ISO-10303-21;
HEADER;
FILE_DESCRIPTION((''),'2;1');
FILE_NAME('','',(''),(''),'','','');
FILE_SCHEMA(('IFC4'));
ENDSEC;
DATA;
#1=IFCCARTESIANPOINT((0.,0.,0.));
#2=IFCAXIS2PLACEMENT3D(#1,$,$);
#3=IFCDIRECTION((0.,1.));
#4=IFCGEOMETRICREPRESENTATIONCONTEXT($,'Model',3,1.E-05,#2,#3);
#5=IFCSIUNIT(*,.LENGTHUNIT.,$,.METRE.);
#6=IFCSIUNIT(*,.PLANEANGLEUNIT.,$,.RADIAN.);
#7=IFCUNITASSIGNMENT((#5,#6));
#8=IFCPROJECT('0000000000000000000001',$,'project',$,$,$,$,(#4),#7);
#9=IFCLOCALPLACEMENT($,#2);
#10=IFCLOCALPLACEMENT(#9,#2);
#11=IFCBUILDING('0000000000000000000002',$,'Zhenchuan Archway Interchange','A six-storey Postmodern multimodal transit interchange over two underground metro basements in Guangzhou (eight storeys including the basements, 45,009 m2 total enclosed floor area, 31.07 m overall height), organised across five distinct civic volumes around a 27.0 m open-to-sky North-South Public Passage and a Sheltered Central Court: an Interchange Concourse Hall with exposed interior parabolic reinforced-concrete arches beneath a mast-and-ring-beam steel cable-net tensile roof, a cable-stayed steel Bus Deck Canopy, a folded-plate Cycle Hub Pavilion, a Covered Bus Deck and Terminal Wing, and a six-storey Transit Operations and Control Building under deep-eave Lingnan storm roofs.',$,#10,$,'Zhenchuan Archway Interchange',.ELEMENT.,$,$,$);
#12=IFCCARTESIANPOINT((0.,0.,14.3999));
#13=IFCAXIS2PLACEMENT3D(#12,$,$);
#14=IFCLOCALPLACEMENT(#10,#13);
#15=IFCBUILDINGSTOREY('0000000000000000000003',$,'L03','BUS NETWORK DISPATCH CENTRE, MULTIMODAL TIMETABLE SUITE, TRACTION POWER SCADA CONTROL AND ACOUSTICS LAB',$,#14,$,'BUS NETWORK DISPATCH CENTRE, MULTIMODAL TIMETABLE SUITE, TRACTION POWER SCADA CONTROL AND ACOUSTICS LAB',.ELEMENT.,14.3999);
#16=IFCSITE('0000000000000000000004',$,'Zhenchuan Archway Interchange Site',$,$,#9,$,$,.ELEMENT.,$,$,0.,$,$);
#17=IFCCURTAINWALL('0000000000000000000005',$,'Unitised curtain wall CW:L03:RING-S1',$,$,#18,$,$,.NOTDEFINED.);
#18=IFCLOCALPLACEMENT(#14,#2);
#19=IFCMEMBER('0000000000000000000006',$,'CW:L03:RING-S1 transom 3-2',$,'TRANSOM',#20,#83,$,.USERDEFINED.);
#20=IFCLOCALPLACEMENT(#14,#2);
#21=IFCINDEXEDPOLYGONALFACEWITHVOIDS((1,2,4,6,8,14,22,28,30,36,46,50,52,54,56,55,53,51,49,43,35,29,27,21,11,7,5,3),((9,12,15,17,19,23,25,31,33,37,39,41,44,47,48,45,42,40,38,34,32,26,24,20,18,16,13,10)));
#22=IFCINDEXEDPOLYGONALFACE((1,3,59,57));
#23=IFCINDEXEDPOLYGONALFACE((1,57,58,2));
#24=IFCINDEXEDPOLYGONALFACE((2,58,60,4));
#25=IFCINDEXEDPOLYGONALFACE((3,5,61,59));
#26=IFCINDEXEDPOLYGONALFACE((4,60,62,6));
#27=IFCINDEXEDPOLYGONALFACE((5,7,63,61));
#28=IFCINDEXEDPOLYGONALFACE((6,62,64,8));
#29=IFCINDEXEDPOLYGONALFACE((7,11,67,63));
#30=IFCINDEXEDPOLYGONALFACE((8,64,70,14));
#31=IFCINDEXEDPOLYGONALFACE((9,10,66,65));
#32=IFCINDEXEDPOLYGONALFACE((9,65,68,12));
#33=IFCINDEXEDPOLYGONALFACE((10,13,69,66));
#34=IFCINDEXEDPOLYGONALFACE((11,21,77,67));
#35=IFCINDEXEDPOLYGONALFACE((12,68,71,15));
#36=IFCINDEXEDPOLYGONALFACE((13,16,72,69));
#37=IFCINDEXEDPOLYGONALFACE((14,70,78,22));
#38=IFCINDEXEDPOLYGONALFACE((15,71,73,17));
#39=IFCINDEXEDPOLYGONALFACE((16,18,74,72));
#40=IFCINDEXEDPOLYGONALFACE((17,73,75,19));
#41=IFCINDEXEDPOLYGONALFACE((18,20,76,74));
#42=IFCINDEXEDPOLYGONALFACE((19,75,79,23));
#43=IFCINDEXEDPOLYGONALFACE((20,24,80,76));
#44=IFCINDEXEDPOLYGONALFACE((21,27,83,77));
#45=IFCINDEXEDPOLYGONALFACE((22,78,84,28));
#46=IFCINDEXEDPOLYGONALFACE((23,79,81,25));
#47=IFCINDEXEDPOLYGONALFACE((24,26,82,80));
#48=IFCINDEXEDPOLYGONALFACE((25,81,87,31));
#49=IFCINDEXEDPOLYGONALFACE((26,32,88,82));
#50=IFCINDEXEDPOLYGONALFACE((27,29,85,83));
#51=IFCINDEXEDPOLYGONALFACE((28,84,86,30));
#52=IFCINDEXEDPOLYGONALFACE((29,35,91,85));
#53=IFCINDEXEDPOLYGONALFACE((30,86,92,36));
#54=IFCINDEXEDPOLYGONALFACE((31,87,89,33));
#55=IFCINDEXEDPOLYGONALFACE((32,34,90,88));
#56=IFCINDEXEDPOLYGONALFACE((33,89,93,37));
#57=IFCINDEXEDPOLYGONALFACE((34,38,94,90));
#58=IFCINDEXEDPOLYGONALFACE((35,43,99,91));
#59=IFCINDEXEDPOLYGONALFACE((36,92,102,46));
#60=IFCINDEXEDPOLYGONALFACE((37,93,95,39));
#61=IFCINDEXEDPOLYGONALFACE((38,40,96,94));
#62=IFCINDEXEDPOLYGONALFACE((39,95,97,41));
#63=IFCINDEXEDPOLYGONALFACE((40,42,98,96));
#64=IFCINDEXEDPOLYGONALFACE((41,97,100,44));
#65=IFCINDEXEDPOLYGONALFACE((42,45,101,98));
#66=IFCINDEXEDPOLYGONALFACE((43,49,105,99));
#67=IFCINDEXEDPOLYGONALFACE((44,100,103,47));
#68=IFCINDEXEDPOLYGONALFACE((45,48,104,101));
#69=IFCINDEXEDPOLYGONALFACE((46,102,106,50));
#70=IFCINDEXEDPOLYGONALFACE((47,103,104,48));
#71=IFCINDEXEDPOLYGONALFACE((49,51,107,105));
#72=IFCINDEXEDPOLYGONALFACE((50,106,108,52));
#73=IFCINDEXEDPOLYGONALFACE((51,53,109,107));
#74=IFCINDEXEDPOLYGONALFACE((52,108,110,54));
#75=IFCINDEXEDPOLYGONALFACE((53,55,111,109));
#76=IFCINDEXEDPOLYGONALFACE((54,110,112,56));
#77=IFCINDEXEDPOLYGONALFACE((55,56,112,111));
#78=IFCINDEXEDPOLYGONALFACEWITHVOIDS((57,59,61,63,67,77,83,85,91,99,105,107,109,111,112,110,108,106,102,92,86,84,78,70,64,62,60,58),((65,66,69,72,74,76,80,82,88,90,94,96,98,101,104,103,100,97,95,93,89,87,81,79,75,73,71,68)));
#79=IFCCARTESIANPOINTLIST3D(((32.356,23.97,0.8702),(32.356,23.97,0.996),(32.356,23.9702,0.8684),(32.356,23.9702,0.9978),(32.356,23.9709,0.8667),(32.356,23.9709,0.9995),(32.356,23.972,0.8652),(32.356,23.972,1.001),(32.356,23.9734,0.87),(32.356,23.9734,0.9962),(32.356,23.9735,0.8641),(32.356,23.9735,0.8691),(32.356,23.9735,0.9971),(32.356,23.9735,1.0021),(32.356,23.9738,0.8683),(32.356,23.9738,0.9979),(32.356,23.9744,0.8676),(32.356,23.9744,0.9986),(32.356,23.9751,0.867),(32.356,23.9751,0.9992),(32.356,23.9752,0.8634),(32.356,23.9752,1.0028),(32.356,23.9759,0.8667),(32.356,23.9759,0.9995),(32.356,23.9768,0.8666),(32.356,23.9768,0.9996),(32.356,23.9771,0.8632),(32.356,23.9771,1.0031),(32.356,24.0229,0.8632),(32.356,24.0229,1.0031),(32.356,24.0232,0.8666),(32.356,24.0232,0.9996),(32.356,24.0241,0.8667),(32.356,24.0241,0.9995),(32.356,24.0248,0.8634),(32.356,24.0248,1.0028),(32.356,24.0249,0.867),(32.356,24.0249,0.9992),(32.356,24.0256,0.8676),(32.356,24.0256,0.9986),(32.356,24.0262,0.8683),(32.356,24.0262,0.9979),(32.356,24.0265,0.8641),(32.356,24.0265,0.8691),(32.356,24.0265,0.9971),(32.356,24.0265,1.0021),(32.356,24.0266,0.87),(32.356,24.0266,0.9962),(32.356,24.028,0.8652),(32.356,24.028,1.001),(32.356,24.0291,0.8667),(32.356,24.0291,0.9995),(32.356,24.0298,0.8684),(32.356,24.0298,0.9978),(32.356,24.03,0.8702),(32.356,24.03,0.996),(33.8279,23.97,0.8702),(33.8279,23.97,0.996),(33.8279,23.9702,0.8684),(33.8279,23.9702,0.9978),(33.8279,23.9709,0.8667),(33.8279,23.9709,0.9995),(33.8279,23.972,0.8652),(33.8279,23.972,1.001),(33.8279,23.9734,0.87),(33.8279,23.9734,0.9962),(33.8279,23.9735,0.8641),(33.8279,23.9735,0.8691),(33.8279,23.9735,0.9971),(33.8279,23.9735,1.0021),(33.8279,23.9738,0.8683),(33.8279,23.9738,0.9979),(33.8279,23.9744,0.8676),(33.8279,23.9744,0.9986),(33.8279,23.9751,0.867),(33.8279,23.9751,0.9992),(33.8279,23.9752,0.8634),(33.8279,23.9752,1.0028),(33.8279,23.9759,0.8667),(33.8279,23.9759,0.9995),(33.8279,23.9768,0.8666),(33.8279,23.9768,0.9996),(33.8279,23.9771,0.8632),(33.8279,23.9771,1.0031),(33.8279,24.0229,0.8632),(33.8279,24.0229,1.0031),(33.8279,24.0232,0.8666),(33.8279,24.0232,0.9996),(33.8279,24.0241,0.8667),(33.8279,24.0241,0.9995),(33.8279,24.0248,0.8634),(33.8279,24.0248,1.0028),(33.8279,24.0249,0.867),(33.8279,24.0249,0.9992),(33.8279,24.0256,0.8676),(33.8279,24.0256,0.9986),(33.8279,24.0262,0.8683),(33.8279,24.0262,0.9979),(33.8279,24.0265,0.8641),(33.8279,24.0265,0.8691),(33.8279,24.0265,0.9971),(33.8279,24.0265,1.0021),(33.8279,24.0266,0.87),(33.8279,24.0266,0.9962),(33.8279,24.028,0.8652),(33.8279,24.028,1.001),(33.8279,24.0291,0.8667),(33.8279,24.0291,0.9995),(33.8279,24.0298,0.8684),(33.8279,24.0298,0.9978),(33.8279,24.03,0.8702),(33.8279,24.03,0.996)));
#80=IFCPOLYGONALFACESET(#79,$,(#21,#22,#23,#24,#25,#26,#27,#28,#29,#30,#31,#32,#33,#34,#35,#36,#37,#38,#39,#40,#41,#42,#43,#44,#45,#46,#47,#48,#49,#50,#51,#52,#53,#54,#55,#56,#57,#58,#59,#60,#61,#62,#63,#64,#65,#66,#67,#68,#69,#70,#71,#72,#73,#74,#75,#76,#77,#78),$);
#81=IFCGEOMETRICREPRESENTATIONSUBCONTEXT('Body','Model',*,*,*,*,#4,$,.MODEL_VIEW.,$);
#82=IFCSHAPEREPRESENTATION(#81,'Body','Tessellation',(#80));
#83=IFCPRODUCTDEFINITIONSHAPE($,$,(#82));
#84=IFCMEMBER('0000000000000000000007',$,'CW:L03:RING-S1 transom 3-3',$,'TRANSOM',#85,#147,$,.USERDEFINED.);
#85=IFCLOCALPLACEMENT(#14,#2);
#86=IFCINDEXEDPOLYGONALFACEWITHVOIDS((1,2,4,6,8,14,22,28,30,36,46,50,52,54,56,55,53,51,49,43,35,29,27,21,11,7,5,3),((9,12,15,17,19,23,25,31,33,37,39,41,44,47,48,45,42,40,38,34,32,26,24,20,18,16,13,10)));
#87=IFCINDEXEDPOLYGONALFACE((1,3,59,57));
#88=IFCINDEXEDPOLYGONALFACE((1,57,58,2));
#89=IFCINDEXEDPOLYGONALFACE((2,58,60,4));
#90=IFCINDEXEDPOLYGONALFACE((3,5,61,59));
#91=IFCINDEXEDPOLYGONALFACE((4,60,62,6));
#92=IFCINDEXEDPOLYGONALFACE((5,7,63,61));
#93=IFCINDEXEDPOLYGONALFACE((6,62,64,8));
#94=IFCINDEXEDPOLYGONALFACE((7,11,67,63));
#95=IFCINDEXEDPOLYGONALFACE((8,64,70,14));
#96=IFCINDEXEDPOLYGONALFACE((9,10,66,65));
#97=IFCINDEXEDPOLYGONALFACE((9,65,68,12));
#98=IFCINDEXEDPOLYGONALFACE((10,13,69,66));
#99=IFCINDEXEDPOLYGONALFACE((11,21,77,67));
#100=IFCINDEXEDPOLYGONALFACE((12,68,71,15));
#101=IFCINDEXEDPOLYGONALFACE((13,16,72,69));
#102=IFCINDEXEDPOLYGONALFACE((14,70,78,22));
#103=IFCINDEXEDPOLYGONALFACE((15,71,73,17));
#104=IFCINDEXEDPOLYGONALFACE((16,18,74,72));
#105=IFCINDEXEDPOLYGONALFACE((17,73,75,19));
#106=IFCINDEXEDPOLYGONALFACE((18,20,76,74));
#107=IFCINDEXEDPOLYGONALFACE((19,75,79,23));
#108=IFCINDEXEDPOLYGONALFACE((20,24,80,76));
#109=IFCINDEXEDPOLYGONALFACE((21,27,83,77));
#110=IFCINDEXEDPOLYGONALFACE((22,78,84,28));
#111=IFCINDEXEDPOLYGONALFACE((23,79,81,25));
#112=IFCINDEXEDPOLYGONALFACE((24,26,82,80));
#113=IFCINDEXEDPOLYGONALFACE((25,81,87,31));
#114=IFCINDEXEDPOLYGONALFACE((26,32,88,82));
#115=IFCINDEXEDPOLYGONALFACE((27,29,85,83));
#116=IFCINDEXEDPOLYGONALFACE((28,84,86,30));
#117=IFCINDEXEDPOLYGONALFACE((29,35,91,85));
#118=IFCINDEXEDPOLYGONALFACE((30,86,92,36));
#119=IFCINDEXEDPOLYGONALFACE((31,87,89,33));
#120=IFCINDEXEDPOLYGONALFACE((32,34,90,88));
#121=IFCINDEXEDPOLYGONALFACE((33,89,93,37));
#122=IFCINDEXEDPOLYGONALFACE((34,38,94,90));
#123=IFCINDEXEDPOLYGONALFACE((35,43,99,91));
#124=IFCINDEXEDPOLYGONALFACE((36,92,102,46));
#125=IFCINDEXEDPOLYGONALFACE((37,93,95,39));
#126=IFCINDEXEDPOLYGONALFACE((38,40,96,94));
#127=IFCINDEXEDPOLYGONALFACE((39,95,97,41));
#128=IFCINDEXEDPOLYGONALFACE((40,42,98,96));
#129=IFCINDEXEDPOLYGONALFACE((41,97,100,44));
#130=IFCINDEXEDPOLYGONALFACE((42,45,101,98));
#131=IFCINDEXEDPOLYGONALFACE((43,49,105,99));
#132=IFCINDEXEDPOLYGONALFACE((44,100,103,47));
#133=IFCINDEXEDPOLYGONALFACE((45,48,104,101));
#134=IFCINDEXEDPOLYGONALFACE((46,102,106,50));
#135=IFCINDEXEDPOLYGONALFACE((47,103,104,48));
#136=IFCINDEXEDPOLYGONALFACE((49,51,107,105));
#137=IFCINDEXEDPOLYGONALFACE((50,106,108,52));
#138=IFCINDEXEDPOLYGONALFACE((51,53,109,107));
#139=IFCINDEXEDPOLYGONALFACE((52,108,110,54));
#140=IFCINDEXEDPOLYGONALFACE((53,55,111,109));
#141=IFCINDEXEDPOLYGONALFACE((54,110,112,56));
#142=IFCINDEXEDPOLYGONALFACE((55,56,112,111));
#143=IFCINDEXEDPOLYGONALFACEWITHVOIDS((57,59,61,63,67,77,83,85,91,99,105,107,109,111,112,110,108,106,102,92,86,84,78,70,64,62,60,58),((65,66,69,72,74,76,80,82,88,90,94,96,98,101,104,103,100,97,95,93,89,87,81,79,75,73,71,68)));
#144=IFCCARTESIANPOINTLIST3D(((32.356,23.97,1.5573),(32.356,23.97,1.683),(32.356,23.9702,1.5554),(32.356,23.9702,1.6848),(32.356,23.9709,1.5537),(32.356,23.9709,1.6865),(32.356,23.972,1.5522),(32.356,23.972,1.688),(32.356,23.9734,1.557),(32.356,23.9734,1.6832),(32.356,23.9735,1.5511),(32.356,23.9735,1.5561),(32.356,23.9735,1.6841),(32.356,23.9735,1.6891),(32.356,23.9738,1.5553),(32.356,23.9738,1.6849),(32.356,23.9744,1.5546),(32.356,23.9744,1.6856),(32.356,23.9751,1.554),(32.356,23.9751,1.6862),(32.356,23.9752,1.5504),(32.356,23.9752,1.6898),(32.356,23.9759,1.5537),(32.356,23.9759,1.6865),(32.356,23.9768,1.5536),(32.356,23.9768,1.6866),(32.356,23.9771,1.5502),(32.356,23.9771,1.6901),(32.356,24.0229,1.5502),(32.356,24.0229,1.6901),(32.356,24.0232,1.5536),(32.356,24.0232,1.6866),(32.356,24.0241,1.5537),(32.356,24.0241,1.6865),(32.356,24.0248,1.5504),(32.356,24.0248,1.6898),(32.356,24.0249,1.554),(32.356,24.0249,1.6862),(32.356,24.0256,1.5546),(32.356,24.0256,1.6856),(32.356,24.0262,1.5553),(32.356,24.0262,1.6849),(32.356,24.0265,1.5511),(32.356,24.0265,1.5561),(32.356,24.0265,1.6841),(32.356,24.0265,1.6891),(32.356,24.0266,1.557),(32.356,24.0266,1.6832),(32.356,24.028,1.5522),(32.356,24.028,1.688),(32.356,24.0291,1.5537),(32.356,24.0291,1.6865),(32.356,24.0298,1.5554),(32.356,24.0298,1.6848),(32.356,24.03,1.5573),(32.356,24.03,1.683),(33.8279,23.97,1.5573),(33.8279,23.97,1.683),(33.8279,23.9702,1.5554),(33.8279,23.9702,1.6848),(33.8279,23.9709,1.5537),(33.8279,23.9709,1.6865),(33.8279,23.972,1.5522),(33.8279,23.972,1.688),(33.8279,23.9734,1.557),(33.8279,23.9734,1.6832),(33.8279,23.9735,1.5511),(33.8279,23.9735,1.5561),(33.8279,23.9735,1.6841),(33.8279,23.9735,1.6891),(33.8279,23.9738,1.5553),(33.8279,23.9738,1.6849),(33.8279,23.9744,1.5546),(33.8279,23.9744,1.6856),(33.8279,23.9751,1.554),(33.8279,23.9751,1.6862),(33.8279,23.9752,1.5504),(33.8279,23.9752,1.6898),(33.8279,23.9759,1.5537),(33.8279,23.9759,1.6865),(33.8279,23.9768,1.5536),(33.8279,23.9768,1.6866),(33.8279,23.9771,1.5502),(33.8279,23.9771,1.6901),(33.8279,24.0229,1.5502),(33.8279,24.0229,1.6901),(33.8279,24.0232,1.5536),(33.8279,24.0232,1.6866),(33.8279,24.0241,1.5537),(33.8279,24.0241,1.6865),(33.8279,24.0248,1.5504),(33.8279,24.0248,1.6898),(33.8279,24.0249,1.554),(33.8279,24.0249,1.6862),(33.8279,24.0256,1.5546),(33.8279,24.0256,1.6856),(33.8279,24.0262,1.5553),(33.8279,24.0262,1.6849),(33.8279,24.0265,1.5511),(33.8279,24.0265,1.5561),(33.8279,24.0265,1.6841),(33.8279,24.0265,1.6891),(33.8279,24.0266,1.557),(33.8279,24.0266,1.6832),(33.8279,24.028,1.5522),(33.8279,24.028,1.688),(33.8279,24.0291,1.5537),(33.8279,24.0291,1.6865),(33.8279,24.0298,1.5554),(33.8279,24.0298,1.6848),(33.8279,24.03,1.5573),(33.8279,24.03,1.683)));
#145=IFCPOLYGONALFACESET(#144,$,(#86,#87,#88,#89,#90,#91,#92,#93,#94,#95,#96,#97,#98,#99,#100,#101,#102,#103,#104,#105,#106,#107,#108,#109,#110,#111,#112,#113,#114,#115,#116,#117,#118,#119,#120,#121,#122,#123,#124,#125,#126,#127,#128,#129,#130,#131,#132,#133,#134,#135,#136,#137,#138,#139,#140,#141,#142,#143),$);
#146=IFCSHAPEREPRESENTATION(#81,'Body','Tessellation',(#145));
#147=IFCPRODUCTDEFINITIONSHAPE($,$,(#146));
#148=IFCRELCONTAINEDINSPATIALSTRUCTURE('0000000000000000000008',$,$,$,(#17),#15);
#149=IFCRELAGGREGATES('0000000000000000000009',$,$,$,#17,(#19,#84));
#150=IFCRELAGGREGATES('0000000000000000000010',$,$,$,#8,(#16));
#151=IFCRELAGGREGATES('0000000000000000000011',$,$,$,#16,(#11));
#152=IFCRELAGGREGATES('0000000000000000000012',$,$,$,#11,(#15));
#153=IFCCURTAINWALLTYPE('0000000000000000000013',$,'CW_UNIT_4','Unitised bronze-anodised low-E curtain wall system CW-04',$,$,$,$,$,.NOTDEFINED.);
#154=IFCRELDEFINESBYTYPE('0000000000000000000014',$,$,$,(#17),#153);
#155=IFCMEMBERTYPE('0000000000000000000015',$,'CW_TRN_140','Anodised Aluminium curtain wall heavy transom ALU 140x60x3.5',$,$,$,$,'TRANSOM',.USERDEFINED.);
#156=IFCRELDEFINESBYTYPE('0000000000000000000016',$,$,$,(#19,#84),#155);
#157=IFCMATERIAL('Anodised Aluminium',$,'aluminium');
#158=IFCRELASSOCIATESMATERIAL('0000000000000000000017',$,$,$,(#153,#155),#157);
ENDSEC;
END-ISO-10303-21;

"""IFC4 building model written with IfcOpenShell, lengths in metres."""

from ifc_helpers import new_model, si_unit, direction, frame, origin, origin_2d, place, context, subcontext, project, spatial, hollow_rectangle, extrude, material, material_profile, profile_set, type_object, element, aggregate, save


model = new_model("IFC4")

# Units and contexts
model_context = context("Model", 3, precision=1e-05, world=origin(), true_north=direction((0.0, 1.0)))
body_context = subcontext(model_context, "Body", "Model", "MODEL_VIEW")
ifc_project = project(units=[si_unit("LENGTHUNIT", "METRE"), si_unit("PLANEANGLEUNIT", "RADIAN")], contexts=[model_context])

# Site, building, storey
site_placement = place(None, origin())
site = spatial("IfcSite", under=ifc_project, at=site_placement, Name="Zhenchuan Archway Interchange Site", CompositionType="ELEMENT", RefElevation=0.0)
building_placement = place(site_placement, origin())
building = spatial("IfcBuilding", under=site, at=building_placement, Name="Zhenchuan Archway Interchange", Description="A six-storey Postmodern multimodal transit interchange over two underground metro basements in Guangzhou (eight storeys including the basements, 45,009 m2 total enclosed floor area, 31.07 m overall height), organised across five distinct civic volumes around a 27.0 m open-to-sky North-South Public Passage and a Sheltered Central Court: an Interchange Concourse Hall with exposed interior parabolic reinforced-concrete arches beneath a mast-and-ring-beam steel cable-net tensile roof, a cable-stayed steel Bus Deck Canopy, a folded-plate Cycle Hub Pavilion, a Covered Bus Deck and Terminal Wing, and a six-storey Transit Operations and Control Building under deep-eave Lingnan storm roofs.", LongName="Zhenchuan Archway Interchange", CompositionType="ELEMENT")
storey_placement = place(building_placement, frame((0.0, 0.0, 14.3999)))
storey = spatial("IfcBuildingStorey", under=building, at=storey_placement, Name="L03", Description="BUS NETWORK DISPATCH CENTRE, MULTIMODAL TIMETABLE SUITE, TRACTION POWER SCADA CONTROL AND ACOUSTICS LAB", LongName="BUS NETWORK DISPATCH CENTRE, MULTIMODAL TIMETABLE SUITE, TRACTION POWER SCADA CONTROL AND ACOUSTICS LAB", CompositionType="ELEMENT", Elevation=14.3999)

# Curtain wall, members
ifc_material_1 = material(Name="Anodised Aluminium", Category="aluminium")
curtain_wall_type = type_object("IfcCurtainWallType", Name="CW_UNIT_4", Description="Unitised bronze-anodised low-E curtain wall system CW-04", PredefinedType="NOTDEFINED", material=ifc_material_1)
curtain_wall_placement = place(storey_placement, origin())
curtain_wall = element("IfcCurtainWall", 1, at=curtain_wall_placement, inside=storey, type_object=curtain_wall_type, Name="Unitised curtain wall CW:L03:RING-S1", PredefinedType="NOTDEFINED")
ifc_material_profile_1 = material_profile(ifc_material_1, hollow_rectangle(XDim=0.0601, YDim=0.1399, WallThickness=0.0034, InnerFilletRadius=0.0034, OuterFilletRadius=0.0071, at=origin_2d()), Name="ALU 140x60x3.5")
ifc_profile_set_1 = profile_set([ifc_material_profile_1], Name="Anodised Aluminium")
member_type_1 = type_object("IfcMemberType", Name="CW_TRN_140", Description="Anodised Aluminium curtain wall heavy transom ALU 140x60x3.5", ElementType="TRANSOM", PredefinedType="USERDEFINED", material=ifc_profile_set_1)
member_1_placement = place(storey_placement, frame((32.356, 24.0, 0.9331), z_axis=(1.0, 0.0, 0.0), x_axis=(0.0, 1.0, 0.0)))
member_1 = element("IfcMember", 2, at=member_1_placement, type_object=member_type_1, Name="CW:L03:RING-S1 transom 3-2", ObjectType="TRANSOM", PredefinedType="USERDEFINED", context=body_context, shape_type="SweptSolid", body=[
    extrude(hollow_rectangle(XDim=0.0601, YDim=0.1399, WallThickness=0.0034, InnerFilletRadius=0.0034, OuterFilletRadius=0.0071, at=origin_2d()), origin(), (0.0, 0.0, 1.0), 1.4719),
])
member_2_placement = place(storey_placement, frame((32.356, 24.0, 1.6201), z_axis=(1.0, 0.0, 0.0), x_axis=(0.0, 1.0, 0.0)))
member_2 = element("IfcMember", 3, at=member_2_placement, type_object=member_type_1, Name="CW:L03:RING-S1 transom 3-3", ObjectType="TRANSOM", PredefinedType="USERDEFINED", context=body_context, shape_type="SweptSolid", body=[
    extrude(hollow_rectangle(XDim=0.0601, YDim=0.1399, WallThickness=0.0034, InnerFilletRadius=0.0034, OuterFilletRadius=0.0071, at=origin_2d()), origin(), (0.0, 0.0, 1.0), 1.4719),
])

aggregate(curtain_wall, [member_1, member_2])

save(model, "model.ifc")
